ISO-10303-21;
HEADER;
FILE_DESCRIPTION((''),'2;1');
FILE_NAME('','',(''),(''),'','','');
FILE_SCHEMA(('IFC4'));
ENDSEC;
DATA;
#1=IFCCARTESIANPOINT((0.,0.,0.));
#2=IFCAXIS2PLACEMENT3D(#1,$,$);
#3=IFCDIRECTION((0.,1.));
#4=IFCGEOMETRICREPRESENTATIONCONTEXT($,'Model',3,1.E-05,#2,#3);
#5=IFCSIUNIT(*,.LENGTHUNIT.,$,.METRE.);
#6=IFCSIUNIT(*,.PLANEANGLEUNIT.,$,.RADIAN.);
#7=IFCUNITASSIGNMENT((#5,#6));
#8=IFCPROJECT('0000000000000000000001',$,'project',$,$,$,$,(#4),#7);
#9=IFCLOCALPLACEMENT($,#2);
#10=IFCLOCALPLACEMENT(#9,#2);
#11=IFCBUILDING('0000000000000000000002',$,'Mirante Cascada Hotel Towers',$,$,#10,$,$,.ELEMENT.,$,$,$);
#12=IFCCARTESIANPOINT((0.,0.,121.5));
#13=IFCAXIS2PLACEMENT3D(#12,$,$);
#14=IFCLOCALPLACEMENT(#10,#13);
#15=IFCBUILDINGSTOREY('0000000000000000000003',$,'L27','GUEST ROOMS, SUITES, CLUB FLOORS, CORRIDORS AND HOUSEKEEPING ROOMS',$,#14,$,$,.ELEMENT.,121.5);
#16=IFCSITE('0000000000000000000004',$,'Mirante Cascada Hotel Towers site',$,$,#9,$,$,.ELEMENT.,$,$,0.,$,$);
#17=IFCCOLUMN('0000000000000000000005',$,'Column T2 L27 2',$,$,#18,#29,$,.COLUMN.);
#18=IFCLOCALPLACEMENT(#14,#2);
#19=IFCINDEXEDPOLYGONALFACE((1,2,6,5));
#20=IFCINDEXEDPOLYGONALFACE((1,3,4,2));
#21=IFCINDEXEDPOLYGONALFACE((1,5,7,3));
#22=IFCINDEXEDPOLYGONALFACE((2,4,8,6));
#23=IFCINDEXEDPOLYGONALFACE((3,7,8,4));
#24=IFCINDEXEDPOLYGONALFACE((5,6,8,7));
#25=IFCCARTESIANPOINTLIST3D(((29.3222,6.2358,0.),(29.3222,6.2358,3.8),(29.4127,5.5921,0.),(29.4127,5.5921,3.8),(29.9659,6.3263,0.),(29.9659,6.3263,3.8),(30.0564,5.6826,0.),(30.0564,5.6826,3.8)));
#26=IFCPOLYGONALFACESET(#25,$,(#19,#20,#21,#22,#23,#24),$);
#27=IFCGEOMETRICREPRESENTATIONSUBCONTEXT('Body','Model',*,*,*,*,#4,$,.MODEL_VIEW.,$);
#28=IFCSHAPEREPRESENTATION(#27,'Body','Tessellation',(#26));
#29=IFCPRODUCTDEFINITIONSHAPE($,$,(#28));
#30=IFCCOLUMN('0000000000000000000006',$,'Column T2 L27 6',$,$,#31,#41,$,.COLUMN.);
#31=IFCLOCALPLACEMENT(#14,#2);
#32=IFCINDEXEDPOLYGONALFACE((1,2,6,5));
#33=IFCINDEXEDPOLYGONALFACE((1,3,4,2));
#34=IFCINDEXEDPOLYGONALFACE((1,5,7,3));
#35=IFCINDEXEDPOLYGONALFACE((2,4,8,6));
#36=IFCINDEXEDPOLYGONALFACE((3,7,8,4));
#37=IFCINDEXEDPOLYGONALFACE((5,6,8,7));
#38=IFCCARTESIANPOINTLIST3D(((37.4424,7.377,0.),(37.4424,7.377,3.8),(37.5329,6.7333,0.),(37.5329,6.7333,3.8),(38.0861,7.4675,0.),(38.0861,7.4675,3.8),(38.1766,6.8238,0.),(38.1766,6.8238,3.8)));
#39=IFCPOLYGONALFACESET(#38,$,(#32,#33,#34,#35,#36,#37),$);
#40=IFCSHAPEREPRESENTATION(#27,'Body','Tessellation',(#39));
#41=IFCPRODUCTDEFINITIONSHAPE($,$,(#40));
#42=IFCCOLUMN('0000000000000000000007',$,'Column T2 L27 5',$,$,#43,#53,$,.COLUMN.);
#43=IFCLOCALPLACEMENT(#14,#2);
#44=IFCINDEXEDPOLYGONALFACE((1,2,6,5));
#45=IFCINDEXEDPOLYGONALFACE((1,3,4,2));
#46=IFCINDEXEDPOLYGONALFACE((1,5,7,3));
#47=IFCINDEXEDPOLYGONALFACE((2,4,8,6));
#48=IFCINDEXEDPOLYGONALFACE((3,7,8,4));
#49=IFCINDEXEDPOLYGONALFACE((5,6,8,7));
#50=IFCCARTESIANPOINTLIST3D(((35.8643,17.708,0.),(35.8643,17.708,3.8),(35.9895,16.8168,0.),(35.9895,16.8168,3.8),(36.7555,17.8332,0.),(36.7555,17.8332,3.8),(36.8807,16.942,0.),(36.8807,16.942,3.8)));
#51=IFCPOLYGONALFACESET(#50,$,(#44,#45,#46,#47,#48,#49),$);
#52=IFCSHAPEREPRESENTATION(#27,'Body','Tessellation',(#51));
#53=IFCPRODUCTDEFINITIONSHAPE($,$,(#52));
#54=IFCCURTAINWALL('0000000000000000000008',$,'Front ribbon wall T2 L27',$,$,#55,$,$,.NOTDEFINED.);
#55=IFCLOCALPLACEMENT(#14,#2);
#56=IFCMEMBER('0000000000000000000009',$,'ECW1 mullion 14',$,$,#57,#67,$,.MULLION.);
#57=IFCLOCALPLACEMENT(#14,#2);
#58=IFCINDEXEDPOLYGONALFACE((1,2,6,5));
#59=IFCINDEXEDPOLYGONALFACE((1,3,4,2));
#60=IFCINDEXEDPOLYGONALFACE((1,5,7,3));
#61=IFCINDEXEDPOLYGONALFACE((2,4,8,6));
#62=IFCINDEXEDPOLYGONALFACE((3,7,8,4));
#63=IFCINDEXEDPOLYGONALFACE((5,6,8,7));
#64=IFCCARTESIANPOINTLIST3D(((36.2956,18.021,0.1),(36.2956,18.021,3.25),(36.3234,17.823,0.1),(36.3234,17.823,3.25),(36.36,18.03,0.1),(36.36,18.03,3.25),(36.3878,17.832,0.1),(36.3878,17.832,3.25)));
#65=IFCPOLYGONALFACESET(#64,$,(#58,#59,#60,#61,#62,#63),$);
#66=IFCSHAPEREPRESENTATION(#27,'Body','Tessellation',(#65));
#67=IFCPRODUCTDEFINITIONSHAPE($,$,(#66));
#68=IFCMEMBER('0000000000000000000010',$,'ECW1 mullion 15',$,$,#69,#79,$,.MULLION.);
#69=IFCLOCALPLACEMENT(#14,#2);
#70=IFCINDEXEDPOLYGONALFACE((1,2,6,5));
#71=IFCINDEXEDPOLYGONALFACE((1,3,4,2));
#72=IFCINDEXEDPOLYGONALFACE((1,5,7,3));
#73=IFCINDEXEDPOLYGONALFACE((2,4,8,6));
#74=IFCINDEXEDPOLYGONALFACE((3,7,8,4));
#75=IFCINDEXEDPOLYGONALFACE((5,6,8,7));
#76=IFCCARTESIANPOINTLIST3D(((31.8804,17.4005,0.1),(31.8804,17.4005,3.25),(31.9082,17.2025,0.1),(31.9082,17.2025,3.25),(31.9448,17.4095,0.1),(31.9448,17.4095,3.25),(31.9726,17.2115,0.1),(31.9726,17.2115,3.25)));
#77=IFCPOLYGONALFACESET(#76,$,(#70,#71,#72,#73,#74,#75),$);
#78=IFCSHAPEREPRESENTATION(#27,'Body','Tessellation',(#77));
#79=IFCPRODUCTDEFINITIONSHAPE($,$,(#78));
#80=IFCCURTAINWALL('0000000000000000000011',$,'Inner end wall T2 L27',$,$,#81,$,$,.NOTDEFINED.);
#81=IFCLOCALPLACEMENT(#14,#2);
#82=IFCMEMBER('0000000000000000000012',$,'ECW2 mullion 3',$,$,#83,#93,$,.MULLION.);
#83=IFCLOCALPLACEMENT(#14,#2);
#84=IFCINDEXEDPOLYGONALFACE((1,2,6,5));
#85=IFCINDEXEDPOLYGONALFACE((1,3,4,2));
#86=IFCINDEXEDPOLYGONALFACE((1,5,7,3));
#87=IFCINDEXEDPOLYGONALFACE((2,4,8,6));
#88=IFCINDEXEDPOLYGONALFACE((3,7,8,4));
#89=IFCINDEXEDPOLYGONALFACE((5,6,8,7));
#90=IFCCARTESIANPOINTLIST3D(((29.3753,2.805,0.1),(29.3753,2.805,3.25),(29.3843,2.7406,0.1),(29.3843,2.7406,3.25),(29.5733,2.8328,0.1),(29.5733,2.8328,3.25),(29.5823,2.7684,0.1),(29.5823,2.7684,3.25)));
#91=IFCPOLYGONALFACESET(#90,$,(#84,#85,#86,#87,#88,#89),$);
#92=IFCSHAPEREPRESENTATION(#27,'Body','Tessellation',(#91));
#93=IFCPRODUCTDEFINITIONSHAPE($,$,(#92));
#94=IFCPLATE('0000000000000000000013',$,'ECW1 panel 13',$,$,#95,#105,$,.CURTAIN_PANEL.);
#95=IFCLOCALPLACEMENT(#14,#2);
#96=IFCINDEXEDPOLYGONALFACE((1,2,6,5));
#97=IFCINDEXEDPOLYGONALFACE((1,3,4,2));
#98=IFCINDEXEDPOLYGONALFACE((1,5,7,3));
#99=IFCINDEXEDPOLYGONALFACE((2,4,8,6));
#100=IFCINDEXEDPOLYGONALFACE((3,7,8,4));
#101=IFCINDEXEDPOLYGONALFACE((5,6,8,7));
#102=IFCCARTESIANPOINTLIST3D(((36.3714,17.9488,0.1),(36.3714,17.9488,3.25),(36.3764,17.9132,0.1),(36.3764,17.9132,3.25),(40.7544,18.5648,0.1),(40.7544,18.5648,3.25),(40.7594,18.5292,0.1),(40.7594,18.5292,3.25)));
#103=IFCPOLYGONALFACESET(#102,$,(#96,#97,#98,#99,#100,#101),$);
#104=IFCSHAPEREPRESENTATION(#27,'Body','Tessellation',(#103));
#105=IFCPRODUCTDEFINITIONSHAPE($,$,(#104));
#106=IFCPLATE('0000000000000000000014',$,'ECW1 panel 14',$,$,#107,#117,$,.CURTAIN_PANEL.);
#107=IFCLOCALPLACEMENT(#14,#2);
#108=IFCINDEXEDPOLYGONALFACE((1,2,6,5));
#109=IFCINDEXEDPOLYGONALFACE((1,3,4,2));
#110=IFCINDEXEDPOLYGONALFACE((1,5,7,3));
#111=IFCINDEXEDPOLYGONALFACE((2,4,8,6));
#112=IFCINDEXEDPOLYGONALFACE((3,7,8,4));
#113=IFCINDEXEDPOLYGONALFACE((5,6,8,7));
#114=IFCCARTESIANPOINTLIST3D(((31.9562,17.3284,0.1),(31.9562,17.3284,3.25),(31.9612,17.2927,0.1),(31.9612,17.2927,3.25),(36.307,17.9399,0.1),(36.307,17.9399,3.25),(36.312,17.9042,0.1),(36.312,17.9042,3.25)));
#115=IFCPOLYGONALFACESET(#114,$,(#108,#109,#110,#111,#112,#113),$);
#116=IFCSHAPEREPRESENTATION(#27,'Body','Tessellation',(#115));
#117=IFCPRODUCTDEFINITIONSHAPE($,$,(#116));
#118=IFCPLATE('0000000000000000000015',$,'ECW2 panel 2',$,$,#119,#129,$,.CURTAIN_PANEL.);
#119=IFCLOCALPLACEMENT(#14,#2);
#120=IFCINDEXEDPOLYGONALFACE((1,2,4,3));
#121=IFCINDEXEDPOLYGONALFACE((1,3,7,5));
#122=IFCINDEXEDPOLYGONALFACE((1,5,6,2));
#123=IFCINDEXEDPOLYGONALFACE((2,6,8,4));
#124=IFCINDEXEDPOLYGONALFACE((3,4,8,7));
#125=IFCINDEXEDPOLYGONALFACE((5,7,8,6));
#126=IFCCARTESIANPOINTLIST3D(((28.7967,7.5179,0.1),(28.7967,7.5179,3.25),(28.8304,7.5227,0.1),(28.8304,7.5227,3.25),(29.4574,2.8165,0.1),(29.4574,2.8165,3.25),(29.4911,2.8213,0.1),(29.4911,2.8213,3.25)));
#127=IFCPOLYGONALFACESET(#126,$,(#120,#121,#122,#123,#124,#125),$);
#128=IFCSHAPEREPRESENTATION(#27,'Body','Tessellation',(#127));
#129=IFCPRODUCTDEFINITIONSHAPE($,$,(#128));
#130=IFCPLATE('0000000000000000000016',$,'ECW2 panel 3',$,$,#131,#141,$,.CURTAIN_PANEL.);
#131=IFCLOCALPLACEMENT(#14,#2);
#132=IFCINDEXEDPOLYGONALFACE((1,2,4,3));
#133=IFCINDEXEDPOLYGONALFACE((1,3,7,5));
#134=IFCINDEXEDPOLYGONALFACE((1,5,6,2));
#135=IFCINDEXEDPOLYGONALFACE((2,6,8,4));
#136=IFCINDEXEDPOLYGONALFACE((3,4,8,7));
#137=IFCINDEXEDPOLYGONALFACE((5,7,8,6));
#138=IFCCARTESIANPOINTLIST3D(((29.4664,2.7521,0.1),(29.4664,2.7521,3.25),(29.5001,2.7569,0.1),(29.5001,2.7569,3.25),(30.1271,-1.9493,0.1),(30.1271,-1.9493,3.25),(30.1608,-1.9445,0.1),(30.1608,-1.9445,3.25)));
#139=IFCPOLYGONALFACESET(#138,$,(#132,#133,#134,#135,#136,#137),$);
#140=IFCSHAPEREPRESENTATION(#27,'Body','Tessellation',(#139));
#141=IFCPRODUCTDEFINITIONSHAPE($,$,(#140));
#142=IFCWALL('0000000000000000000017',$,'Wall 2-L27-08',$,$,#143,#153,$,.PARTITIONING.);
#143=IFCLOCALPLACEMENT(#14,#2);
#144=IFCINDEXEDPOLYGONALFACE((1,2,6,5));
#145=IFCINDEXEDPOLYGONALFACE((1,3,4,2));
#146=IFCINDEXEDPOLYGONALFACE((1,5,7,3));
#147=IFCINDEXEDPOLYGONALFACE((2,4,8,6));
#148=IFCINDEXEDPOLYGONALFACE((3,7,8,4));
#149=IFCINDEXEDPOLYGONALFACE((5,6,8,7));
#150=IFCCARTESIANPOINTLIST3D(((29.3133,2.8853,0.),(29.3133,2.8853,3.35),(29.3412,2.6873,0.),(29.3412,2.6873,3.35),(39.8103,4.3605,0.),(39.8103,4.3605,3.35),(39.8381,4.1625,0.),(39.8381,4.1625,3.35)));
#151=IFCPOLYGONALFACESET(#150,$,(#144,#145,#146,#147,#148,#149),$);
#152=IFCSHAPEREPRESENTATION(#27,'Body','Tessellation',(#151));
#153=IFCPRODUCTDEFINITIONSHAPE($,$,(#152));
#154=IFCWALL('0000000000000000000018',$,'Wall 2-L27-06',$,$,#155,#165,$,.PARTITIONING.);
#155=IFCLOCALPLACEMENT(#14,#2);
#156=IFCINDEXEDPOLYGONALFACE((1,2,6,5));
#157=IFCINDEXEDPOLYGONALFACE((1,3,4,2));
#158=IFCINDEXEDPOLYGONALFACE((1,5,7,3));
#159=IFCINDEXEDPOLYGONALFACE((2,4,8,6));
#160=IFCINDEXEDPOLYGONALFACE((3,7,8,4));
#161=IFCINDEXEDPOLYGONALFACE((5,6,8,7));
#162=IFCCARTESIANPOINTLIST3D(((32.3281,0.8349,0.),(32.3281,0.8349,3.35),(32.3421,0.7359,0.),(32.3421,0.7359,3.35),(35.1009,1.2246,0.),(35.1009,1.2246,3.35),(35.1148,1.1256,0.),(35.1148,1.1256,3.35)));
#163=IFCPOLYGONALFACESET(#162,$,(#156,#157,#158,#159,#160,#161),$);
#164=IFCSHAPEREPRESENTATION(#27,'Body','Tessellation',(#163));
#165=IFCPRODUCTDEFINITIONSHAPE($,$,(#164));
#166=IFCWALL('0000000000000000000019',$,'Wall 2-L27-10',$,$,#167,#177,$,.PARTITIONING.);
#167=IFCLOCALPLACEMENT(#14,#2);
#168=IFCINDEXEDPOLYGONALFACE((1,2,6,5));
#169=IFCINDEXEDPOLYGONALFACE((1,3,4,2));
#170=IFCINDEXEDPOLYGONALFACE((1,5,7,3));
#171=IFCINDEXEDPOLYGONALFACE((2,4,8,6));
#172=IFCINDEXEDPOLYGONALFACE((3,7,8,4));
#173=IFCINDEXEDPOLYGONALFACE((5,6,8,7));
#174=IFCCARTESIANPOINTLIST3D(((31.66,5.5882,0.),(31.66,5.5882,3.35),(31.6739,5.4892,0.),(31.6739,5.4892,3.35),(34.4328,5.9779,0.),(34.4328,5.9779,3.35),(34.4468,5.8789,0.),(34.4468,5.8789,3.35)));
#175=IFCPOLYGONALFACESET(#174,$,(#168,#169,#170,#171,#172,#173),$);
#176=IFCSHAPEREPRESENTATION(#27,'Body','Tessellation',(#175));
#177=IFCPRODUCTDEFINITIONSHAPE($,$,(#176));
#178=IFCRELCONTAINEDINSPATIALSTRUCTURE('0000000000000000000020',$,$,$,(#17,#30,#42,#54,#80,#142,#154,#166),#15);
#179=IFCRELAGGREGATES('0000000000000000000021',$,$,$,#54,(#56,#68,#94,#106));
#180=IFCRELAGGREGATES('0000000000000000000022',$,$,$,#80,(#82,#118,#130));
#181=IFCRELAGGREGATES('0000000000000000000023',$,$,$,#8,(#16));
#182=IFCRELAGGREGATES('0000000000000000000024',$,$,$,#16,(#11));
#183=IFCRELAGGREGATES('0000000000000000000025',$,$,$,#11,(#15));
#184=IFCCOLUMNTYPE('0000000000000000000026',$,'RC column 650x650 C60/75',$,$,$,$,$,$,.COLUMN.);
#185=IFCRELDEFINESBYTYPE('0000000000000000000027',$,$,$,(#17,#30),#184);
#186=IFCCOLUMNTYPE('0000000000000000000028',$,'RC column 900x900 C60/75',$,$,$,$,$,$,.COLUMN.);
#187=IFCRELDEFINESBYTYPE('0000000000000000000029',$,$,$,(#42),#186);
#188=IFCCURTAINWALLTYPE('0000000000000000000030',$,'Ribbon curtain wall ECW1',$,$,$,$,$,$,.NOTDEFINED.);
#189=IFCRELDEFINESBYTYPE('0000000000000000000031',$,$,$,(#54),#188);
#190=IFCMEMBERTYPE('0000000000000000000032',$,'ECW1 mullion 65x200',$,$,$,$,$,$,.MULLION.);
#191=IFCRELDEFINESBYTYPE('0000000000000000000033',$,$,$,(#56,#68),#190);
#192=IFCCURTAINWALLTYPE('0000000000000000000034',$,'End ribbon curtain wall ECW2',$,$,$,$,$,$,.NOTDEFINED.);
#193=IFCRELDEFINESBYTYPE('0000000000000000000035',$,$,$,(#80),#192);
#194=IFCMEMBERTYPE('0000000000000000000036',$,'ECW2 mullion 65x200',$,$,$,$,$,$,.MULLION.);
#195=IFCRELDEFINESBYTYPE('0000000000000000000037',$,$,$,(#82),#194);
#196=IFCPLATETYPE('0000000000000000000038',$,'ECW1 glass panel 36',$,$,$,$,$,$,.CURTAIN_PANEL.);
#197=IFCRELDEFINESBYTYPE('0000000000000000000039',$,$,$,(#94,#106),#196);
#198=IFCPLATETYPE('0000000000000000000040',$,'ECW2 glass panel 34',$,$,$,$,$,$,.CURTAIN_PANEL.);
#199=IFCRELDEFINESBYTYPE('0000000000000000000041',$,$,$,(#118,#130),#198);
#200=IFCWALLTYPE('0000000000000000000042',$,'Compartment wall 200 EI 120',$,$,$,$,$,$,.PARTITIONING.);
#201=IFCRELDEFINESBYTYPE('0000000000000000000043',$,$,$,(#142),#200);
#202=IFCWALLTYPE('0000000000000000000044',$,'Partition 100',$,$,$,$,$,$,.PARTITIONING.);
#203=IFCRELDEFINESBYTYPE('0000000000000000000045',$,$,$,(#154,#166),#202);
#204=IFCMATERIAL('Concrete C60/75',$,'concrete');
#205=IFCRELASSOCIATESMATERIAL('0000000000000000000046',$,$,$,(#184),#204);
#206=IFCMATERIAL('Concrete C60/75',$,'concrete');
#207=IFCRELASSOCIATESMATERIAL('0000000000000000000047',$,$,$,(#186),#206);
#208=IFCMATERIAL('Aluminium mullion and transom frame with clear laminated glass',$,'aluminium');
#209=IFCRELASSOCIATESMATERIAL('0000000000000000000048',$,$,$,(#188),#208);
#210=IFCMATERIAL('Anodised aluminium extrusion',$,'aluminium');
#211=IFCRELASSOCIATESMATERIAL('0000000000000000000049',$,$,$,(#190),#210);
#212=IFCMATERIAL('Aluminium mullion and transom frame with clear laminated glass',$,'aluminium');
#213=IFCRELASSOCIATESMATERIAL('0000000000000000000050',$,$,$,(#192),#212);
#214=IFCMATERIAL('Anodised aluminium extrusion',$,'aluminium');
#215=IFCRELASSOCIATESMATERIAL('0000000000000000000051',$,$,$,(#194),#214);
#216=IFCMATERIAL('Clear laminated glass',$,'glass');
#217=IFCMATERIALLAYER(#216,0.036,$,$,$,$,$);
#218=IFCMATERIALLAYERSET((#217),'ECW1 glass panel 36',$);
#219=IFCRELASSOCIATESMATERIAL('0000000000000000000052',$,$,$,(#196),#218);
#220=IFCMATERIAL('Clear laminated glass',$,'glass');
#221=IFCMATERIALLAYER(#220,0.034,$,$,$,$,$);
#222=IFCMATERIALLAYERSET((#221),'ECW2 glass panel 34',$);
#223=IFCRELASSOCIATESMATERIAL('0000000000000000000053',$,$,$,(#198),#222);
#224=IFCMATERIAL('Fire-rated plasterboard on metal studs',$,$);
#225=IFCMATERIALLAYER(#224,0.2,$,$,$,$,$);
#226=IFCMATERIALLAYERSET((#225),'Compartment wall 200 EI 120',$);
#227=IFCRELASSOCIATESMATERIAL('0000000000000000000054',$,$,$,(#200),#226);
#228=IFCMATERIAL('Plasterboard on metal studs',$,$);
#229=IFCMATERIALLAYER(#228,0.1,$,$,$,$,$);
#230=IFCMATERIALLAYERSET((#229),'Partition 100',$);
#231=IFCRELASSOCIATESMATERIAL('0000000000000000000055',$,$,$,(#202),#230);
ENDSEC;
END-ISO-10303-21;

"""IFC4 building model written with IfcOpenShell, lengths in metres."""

from ifc_helpers import new_model, si_unit, direction, frame, frame_2d, origin, origin_2d, place, context, subcontext, project, spatial, rectangle, extrude, material, layer, layer_set, material_profile, profile_set, type_object, element, aggregate, save


model = new_model("IFC4")

# Units and contexts
model_context = context("Model", 3, precision=1e-05, world=origin(), true_north=direction((0.0, 1.0)))
body_context = subcontext(model_context, "Body", "Model", "MODEL_VIEW")
ifc_project = project(units=[si_unit("LENGTHUNIT", "METRE"), si_unit("PLANEANGLEUNIT", "RADIAN")], contexts=[model_context])

# Site, building, storey
site_placement = place(None, origin())
site = spatial("IfcSite", under=ifc_project, at=site_placement, Name="Mirante Cascada Hotel Towers site", CompositionType="ELEMENT", RefElevation=0.0)
building_placement = place(site_placement, origin())
building = spatial("IfcBuilding", under=site, at=building_placement, Name="Mirante Cascada Hotel Towers", CompositionType="ELEMENT")
storey_placement = place(building_placement, frame((0.0, 0.0, 121.5)))
storey = spatial("IfcBuildingStorey", under=building, at=storey_placement, Name="L27", Description="GUEST ROOMS, SUITES, CLUB FLOORS, CORRIDORS AND HOUSEKEEPING ROOMS", CompositionType="ELEMENT", Elevation=121.5)

# Columns
ifc_material_1 = material(Name="Concrete C60/75", Category="concrete")
ifc_material_profile_1 = material_profile(ifc_material_1, rectangle(XDim=0.65, YDim=0.65, at=origin_2d()), Name="RC column 650x650 C60/75")
ifc_profile_set_1 = profile_set([ifc_material_profile_1], Name="Concrete C60/75")
column_type_1 = type_object("IfcColumnType", Name="RC column 650x650 C60/75", PredefinedType="COLUMN", material=ifc_profile_set_1)
for number, where, z_axis, x_axis, name in (
    (1, (29.6893, 5.9592, 0.0), (0.0, 0.0, 1.0), (0.990268, 0.139173, 0.0), "Column T2 L27 2"),
    (2, (37.8095, 7.1004, 0.0), (0.0, 0.0, 1.0), (0.990268, 0.139173, 0.0), "Column T2 L27 6"),
):
    element("IfcColumn", number, at=place(storey_placement, frame(where, z_axis=z_axis, x_axis=x_axis)), inside=storey, type_object=column_type_1, Name=name, PredefinedType="COLUMN", context=body_context, shape_type="SweptSolid", body=[
        extrude(rectangle(XDim=0.65, YDim=0.65, at=origin_2d()), origin(), (0.0, 0.0, 1.0), 3.8),
    ])
ifc_material_2 = material(Name="Concrete C60/75", Category="concrete")
ifc_material_profile_2 = material_profile(ifc_material_2, rectangle(XDim=0.9, YDim=0.9, at=origin_2d()), Name="RC column 900x900 C60/75")
ifc_profile_set_2 = profile_set([ifc_material_profile_2], Name="Concrete C60/75")
column_type_2 = type_object("IfcColumnType", Name="RC column 900x900 C60/75", PredefinedType="COLUMN", material=ifc_profile_set_2)
column_placement = place(storey_placement, frame((36.3725, 17.325, 0.0), z_axis=(0.0, 0.0, 1.0), x_axis=(0.990268, 0.139173, 0.0)))
element("IfcColumn", 3, at=column_placement, inside=storey, type_object=column_type_2, Name="Column T2 L27 5", PredefinedType="COLUMN", context=body_context, shape_type="SweptSolid", body=[
    extrude(rectangle(XDim=0.9, YDim=0.9, at=origin_2d()), origin(), (0.0, 0.0, 1.0), 3.8),
])

# Curtain wall, members
ifc_material_3 = material(Name="Aluminium mullion and transom frame with clear laminated glass", Category="aluminium")
curtain_wall_type_1 = type_object("IfcCurtainWallType", Name="Ribbon curtain wall ECW1", PredefinedType="NOTDEFINED", material=ifc_material_3)
curtain_wall_1_placement = place(storey_placement, origin())
curtain_wall_1 = element("IfcCurtainWall", 4, at=curtain_wall_1_placement, inside=storey, type_object=curtain_wall_type_1, Name="Front ribbon wall T2 L27", PredefinedType="NOTDEFINED")
ifc_material_4 = material(Name="Anodised aluminium extrusion", Category="aluminium")
ifc_material_profile_3 = material_profile(ifc_material_4, rectangle(XDim=0.2, YDim=0.065, at=origin_2d()), Name="ECW1 MULLION 65x200")
ifc_profile_set_3 = profile_set([ifc_material_profile_3], Name="Anodised aluminium extrusion")
member_type_1 = type_object("IfcMemberType", Name="ECW1 mullion 65x200", PredefinedType="MULLION", material=ifc_profile_set_3)
member_1_placement = place(storey_placement, frame((36.3417, 17.9265, 0.1), z_axis=(0.0, 0.0, 1.0), x_axis=(0.139173, -0.990268, 0.0)))
member_1 = element("IfcMember", 5, at=member_1_placement, type_object=member_type_1, Name="ECW1 mullion 14", PredefinedType="MULLION", context=body_context, shape_type="SweptSolid", body=[
    extrude(rectangle(XDim=0.2, YDim=0.065, at=origin_2d()), origin(), (0.0, 0.0, 1.0), 3.15),
])
member_2_placement = place(storey_placement, frame((31.9265, 17.306, 0.1), z_axis=(0.0, 0.0, 1.0), x_axis=(0.139173, -0.990268, 0.0)))
member_2 = element("IfcMember", 6, at=member_2_placement, type_object=member_type_1, Name="ECW1 mullion 15", PredefinedType="MULLION", context=body_context, shape_type="SweptSolid", body=[
    extrude(rectangle(XDim=0.2, YDim=0.065, at=origin_2d()), origin(), (0.0, 0.0, 1.0), 3.15),
])

# Curtain wall, member
ifc_material_5 = material(Name="Aluminium mullion and transom frame with clear laminated glass", Category="aluminium")
curtain_wall_type_2 = type_object("IfcCurtainWallType", Name="End ribbon curtain wall ECW2", PredefinedType="NOTDEFINED", material=ifc_material_5)
curtain_wall_2_placement = place(storey_placement, origin())
curtain_wall_2 = element("IfcCurtainWall", 7, at=curtain_wall_2_placement, inside=storey, type_object=curtain_wall_type_2, Name="Inner end wall T2 L27", PredefinedType="NOTDEFINED")
ifc_material_6 = material(Name="Anodised aluminium extrusion", Category="aluminium")
ifc_material_profile_4 = material_profile(ifc_material_6, rectangle(XDim=0.2, YDim=0.065, at=origin_2d()), Name="ECW2 MULLION 65x200")
ifc_profile_set_4 = profile_set([ifc_material_profile_4], Name="Anodised aluminium extrusion")
member_type_2 = type_object("IfcMemberType", Name="ECW2 mullion 65x200", PredefinedType="MULLION", material=ifc_profile_set_4)
member_3_placement = place(storey_placement, frame((29.4788, 2.7867, 0.1), z_axis=(0.0, 0.0, 1.0), x_axis=(0.990268, 0.139173, 0.0)))
member_3 = element("IfcMember", 8, at=member_3_placement, type_object=member_type_2, Name="ECW2 mullion 3", PredefinedType="MULLION", context=body_context, shape_type="SweptSolid", body=[
    extrude(rectangle(XDim=0.2, YDim=0.065, at=origin_2d()), origin(), (0.0, 0.0, 1.0), 3.15),
])

# Plates
ifc_material_7 = material(Name="Clear laminated glass", Category="glass")
ifc_layer_1 = layer(ifc_material_7, 0.036)
ifc_layer_set_1 = layer_set([ifc_layer_1], Name="ECW1 glass panel 36")
plate_type_1 = type_object("IfcPlateType", Name="ECW1 glass panel 36", PredefinedType="CURTAIN_PANEL", material=ifc_layer_set_1)
plate_1_placement = place(storey_placement, frame((38.5654, 18.239, 0.1), z_axis=(0.0, 0.0, 1.0), x_axis=(-0.990268, -0.139173, 0.0)))
plate_1 = element("IfcPlate", 9, at=plate_1_placement, type_object=plate_type_1, Name="ECW1 panel 13", PredefinedType="CURTAIN_PANEL", context=body_context, shape_type="SweptSolid", body=[
    extrude(rectangle(XDim=4.4261, YDim=0.036, at=origin_2d()), origin(), (0.0, 0.0, 1.0), 3.15),
])
plate_2_placement = place(storey_placement, frame((34.1341, 17.6163, 0.1), z_axis=(0.0, 0.0, 1.0), x_axis=(-0.990268, -0.139173, 0.0)))
plate_2 = element("IfcPlate", 10, at=plate_2_placement, type_object=plate_type_1, Name="ECW1 panel 14", PredefinedType="CURTAIN_PANEL", context=body_context, shape_type="SweptSolid", body=[
    extrude(rectangle(XDim=4.3936, YDim=0.036, at=origin_2d()), origin(), (0.0, 0.0, 1.0), 3.15),
])
aggregate(curtain_wall_1, [member_1, member_2, plate_1, plate_2])
ifc_material_8 = material(Name="Clear laminated glass", Category="glass")
ifc_layer_2 = layer(ifc_material_8, 0.034)
ifc_layer_set_2 = layer_set([ifc_layer_2], Name="ECW2 glass panel 34")
plate_type_2 = type_object("IfcPlateType", Name="ECW2 glass panel 34", PredefinedType="CURTAIN_PANEL", material=ifc_layer_set_2)
plate_3_placement = place(storey_placement, frame((29.1439, 5.1696, 0.1), z_axis=(0.0, 0.0, 1.0), x_axis=(0.139173, -0.990268, 0.0)))
plate_3 = element("IfcPlate", 11, at=plate_3_placement, type_object=plate_type_2, Name="ECW2 panel 2", PredefinedType="CURTAIN_PANEL", context=body_context, shape_type="SweptSolid", body=[
    extrude(rectangle(XDim=4.7476, YDim=0.034, at=origin_2d()), origin(), (0.0, 0.0, 1.0), 3.15),
])
plate_4_placement = place(storey_placement, frame((29.8136, 0.4038, 0.1), z_axis=(0.0, 0.0, 1.0), x_axis=(0.139173, -0.990268, 0.0)))
plate_4 = element("IfcPlate", 12, at=plate_4_placement, type_object=plate_type_2, Name="ECW2 panel 3", PredefinedType="CURTAIN_PANEL", context=body_context, shape_type="SweptSolid", body=[
    extrude(rectangle(XDim=4.7476, YDim=0.034, at=origin_2d()), origin(), (0.0, 0.0, 1.0), 3.15),
])
aggregate(curtain_wall_2, [member_3, plate_3, plate_4])

# Walls
ifc_material_9 = material(Name="Fire-rated plasterboard on metal studs")
ifc_layer_3 = layer(ifc_material_9, 0.2)
ifc_layer_set_3 = layer_set([ifc_layer_3], Name="Compartment wall 200 EI 120")
wall_type_1 = type_object("IfcWallType", Name="Compartment wall 200 EI 120", PredefinedType="PARTITIONING", material=ifc_layer_set_3)
wall_1_placement = place(storey_placement, frame((29.3273, 2.7863, 0.0), z_axis=(0.0, 0.0, 1.0), x_axis=(0.990269, 0.139169, 0.0)))
element("IfcWall", 13, at=wall_1_placement, inside=storey, type_object=wall_type_1, Name="Wall 2-L27-08", PredefinedType="PARTITIONING", context=body_context, shape_type="SweptSolid", body=[
    extrude(rectangle(XDim=10.6001, YDim=0.2, at=frame_2d((5.3, 0.0))), origin(), (0.0, 0.0, 1.0), 3.35),
])
ifc_material_10 = material(Name="Plasterboard on metal studs")
ifc_layer_4 = layer(ifc_material_10, 0.1)
ifc_layer_set_4 = layer_set([ifc_layer_4], Name="Partition 100")
wall_type_2 = type_object("IfcWallType", Name="Partition 100", PredefinedType="PARTITIONING", material=ifc_layer_set_4)
wall_2_placement = place(storey_placement, frame((32.3351, 0.7854, 0.0), z_axis=(0.0, 0.0, 1.0), x_axis=(0.990267, 0.139181, 0.0)))
element("IfcWall", 14, at=wall_2_placement, inside=storey, type_object=wall_type_2, Name="Wall 2-L27-06", PredefinedType="PARTITIONING", context=body_context, shape_type="SweptSolid", body=[
    extrude(rectangle(XDim=2.8, YDim=0.1, at=frame_2d((1.4, 0.0))), origin(), (0.0, 0.0, 1.0), 3.35),
])
wall_3_placement = place(storey_placement, frame((31.667, 5.5387, 0.0), z_axis=(0.0, 0.0, 1.0), x_axis=(0.990268, 0.139176, 0.0)))
element("IfcWall", 15, at=wall_3_placement, inside=storey, type_object=wall_type_2, Name="Wall 2-L27-10", PredefinedType="PARTITIONING", context=body_context, shape_type="SweptSolid", body=[
    extrude(rectangle(XDim=2.8001, YDim=0.1, at=frame_2d((1.4, 0.0))), origin(), (0.0, 0.0, 1.0), 3.35),
])

save(model, "model.ifc")
